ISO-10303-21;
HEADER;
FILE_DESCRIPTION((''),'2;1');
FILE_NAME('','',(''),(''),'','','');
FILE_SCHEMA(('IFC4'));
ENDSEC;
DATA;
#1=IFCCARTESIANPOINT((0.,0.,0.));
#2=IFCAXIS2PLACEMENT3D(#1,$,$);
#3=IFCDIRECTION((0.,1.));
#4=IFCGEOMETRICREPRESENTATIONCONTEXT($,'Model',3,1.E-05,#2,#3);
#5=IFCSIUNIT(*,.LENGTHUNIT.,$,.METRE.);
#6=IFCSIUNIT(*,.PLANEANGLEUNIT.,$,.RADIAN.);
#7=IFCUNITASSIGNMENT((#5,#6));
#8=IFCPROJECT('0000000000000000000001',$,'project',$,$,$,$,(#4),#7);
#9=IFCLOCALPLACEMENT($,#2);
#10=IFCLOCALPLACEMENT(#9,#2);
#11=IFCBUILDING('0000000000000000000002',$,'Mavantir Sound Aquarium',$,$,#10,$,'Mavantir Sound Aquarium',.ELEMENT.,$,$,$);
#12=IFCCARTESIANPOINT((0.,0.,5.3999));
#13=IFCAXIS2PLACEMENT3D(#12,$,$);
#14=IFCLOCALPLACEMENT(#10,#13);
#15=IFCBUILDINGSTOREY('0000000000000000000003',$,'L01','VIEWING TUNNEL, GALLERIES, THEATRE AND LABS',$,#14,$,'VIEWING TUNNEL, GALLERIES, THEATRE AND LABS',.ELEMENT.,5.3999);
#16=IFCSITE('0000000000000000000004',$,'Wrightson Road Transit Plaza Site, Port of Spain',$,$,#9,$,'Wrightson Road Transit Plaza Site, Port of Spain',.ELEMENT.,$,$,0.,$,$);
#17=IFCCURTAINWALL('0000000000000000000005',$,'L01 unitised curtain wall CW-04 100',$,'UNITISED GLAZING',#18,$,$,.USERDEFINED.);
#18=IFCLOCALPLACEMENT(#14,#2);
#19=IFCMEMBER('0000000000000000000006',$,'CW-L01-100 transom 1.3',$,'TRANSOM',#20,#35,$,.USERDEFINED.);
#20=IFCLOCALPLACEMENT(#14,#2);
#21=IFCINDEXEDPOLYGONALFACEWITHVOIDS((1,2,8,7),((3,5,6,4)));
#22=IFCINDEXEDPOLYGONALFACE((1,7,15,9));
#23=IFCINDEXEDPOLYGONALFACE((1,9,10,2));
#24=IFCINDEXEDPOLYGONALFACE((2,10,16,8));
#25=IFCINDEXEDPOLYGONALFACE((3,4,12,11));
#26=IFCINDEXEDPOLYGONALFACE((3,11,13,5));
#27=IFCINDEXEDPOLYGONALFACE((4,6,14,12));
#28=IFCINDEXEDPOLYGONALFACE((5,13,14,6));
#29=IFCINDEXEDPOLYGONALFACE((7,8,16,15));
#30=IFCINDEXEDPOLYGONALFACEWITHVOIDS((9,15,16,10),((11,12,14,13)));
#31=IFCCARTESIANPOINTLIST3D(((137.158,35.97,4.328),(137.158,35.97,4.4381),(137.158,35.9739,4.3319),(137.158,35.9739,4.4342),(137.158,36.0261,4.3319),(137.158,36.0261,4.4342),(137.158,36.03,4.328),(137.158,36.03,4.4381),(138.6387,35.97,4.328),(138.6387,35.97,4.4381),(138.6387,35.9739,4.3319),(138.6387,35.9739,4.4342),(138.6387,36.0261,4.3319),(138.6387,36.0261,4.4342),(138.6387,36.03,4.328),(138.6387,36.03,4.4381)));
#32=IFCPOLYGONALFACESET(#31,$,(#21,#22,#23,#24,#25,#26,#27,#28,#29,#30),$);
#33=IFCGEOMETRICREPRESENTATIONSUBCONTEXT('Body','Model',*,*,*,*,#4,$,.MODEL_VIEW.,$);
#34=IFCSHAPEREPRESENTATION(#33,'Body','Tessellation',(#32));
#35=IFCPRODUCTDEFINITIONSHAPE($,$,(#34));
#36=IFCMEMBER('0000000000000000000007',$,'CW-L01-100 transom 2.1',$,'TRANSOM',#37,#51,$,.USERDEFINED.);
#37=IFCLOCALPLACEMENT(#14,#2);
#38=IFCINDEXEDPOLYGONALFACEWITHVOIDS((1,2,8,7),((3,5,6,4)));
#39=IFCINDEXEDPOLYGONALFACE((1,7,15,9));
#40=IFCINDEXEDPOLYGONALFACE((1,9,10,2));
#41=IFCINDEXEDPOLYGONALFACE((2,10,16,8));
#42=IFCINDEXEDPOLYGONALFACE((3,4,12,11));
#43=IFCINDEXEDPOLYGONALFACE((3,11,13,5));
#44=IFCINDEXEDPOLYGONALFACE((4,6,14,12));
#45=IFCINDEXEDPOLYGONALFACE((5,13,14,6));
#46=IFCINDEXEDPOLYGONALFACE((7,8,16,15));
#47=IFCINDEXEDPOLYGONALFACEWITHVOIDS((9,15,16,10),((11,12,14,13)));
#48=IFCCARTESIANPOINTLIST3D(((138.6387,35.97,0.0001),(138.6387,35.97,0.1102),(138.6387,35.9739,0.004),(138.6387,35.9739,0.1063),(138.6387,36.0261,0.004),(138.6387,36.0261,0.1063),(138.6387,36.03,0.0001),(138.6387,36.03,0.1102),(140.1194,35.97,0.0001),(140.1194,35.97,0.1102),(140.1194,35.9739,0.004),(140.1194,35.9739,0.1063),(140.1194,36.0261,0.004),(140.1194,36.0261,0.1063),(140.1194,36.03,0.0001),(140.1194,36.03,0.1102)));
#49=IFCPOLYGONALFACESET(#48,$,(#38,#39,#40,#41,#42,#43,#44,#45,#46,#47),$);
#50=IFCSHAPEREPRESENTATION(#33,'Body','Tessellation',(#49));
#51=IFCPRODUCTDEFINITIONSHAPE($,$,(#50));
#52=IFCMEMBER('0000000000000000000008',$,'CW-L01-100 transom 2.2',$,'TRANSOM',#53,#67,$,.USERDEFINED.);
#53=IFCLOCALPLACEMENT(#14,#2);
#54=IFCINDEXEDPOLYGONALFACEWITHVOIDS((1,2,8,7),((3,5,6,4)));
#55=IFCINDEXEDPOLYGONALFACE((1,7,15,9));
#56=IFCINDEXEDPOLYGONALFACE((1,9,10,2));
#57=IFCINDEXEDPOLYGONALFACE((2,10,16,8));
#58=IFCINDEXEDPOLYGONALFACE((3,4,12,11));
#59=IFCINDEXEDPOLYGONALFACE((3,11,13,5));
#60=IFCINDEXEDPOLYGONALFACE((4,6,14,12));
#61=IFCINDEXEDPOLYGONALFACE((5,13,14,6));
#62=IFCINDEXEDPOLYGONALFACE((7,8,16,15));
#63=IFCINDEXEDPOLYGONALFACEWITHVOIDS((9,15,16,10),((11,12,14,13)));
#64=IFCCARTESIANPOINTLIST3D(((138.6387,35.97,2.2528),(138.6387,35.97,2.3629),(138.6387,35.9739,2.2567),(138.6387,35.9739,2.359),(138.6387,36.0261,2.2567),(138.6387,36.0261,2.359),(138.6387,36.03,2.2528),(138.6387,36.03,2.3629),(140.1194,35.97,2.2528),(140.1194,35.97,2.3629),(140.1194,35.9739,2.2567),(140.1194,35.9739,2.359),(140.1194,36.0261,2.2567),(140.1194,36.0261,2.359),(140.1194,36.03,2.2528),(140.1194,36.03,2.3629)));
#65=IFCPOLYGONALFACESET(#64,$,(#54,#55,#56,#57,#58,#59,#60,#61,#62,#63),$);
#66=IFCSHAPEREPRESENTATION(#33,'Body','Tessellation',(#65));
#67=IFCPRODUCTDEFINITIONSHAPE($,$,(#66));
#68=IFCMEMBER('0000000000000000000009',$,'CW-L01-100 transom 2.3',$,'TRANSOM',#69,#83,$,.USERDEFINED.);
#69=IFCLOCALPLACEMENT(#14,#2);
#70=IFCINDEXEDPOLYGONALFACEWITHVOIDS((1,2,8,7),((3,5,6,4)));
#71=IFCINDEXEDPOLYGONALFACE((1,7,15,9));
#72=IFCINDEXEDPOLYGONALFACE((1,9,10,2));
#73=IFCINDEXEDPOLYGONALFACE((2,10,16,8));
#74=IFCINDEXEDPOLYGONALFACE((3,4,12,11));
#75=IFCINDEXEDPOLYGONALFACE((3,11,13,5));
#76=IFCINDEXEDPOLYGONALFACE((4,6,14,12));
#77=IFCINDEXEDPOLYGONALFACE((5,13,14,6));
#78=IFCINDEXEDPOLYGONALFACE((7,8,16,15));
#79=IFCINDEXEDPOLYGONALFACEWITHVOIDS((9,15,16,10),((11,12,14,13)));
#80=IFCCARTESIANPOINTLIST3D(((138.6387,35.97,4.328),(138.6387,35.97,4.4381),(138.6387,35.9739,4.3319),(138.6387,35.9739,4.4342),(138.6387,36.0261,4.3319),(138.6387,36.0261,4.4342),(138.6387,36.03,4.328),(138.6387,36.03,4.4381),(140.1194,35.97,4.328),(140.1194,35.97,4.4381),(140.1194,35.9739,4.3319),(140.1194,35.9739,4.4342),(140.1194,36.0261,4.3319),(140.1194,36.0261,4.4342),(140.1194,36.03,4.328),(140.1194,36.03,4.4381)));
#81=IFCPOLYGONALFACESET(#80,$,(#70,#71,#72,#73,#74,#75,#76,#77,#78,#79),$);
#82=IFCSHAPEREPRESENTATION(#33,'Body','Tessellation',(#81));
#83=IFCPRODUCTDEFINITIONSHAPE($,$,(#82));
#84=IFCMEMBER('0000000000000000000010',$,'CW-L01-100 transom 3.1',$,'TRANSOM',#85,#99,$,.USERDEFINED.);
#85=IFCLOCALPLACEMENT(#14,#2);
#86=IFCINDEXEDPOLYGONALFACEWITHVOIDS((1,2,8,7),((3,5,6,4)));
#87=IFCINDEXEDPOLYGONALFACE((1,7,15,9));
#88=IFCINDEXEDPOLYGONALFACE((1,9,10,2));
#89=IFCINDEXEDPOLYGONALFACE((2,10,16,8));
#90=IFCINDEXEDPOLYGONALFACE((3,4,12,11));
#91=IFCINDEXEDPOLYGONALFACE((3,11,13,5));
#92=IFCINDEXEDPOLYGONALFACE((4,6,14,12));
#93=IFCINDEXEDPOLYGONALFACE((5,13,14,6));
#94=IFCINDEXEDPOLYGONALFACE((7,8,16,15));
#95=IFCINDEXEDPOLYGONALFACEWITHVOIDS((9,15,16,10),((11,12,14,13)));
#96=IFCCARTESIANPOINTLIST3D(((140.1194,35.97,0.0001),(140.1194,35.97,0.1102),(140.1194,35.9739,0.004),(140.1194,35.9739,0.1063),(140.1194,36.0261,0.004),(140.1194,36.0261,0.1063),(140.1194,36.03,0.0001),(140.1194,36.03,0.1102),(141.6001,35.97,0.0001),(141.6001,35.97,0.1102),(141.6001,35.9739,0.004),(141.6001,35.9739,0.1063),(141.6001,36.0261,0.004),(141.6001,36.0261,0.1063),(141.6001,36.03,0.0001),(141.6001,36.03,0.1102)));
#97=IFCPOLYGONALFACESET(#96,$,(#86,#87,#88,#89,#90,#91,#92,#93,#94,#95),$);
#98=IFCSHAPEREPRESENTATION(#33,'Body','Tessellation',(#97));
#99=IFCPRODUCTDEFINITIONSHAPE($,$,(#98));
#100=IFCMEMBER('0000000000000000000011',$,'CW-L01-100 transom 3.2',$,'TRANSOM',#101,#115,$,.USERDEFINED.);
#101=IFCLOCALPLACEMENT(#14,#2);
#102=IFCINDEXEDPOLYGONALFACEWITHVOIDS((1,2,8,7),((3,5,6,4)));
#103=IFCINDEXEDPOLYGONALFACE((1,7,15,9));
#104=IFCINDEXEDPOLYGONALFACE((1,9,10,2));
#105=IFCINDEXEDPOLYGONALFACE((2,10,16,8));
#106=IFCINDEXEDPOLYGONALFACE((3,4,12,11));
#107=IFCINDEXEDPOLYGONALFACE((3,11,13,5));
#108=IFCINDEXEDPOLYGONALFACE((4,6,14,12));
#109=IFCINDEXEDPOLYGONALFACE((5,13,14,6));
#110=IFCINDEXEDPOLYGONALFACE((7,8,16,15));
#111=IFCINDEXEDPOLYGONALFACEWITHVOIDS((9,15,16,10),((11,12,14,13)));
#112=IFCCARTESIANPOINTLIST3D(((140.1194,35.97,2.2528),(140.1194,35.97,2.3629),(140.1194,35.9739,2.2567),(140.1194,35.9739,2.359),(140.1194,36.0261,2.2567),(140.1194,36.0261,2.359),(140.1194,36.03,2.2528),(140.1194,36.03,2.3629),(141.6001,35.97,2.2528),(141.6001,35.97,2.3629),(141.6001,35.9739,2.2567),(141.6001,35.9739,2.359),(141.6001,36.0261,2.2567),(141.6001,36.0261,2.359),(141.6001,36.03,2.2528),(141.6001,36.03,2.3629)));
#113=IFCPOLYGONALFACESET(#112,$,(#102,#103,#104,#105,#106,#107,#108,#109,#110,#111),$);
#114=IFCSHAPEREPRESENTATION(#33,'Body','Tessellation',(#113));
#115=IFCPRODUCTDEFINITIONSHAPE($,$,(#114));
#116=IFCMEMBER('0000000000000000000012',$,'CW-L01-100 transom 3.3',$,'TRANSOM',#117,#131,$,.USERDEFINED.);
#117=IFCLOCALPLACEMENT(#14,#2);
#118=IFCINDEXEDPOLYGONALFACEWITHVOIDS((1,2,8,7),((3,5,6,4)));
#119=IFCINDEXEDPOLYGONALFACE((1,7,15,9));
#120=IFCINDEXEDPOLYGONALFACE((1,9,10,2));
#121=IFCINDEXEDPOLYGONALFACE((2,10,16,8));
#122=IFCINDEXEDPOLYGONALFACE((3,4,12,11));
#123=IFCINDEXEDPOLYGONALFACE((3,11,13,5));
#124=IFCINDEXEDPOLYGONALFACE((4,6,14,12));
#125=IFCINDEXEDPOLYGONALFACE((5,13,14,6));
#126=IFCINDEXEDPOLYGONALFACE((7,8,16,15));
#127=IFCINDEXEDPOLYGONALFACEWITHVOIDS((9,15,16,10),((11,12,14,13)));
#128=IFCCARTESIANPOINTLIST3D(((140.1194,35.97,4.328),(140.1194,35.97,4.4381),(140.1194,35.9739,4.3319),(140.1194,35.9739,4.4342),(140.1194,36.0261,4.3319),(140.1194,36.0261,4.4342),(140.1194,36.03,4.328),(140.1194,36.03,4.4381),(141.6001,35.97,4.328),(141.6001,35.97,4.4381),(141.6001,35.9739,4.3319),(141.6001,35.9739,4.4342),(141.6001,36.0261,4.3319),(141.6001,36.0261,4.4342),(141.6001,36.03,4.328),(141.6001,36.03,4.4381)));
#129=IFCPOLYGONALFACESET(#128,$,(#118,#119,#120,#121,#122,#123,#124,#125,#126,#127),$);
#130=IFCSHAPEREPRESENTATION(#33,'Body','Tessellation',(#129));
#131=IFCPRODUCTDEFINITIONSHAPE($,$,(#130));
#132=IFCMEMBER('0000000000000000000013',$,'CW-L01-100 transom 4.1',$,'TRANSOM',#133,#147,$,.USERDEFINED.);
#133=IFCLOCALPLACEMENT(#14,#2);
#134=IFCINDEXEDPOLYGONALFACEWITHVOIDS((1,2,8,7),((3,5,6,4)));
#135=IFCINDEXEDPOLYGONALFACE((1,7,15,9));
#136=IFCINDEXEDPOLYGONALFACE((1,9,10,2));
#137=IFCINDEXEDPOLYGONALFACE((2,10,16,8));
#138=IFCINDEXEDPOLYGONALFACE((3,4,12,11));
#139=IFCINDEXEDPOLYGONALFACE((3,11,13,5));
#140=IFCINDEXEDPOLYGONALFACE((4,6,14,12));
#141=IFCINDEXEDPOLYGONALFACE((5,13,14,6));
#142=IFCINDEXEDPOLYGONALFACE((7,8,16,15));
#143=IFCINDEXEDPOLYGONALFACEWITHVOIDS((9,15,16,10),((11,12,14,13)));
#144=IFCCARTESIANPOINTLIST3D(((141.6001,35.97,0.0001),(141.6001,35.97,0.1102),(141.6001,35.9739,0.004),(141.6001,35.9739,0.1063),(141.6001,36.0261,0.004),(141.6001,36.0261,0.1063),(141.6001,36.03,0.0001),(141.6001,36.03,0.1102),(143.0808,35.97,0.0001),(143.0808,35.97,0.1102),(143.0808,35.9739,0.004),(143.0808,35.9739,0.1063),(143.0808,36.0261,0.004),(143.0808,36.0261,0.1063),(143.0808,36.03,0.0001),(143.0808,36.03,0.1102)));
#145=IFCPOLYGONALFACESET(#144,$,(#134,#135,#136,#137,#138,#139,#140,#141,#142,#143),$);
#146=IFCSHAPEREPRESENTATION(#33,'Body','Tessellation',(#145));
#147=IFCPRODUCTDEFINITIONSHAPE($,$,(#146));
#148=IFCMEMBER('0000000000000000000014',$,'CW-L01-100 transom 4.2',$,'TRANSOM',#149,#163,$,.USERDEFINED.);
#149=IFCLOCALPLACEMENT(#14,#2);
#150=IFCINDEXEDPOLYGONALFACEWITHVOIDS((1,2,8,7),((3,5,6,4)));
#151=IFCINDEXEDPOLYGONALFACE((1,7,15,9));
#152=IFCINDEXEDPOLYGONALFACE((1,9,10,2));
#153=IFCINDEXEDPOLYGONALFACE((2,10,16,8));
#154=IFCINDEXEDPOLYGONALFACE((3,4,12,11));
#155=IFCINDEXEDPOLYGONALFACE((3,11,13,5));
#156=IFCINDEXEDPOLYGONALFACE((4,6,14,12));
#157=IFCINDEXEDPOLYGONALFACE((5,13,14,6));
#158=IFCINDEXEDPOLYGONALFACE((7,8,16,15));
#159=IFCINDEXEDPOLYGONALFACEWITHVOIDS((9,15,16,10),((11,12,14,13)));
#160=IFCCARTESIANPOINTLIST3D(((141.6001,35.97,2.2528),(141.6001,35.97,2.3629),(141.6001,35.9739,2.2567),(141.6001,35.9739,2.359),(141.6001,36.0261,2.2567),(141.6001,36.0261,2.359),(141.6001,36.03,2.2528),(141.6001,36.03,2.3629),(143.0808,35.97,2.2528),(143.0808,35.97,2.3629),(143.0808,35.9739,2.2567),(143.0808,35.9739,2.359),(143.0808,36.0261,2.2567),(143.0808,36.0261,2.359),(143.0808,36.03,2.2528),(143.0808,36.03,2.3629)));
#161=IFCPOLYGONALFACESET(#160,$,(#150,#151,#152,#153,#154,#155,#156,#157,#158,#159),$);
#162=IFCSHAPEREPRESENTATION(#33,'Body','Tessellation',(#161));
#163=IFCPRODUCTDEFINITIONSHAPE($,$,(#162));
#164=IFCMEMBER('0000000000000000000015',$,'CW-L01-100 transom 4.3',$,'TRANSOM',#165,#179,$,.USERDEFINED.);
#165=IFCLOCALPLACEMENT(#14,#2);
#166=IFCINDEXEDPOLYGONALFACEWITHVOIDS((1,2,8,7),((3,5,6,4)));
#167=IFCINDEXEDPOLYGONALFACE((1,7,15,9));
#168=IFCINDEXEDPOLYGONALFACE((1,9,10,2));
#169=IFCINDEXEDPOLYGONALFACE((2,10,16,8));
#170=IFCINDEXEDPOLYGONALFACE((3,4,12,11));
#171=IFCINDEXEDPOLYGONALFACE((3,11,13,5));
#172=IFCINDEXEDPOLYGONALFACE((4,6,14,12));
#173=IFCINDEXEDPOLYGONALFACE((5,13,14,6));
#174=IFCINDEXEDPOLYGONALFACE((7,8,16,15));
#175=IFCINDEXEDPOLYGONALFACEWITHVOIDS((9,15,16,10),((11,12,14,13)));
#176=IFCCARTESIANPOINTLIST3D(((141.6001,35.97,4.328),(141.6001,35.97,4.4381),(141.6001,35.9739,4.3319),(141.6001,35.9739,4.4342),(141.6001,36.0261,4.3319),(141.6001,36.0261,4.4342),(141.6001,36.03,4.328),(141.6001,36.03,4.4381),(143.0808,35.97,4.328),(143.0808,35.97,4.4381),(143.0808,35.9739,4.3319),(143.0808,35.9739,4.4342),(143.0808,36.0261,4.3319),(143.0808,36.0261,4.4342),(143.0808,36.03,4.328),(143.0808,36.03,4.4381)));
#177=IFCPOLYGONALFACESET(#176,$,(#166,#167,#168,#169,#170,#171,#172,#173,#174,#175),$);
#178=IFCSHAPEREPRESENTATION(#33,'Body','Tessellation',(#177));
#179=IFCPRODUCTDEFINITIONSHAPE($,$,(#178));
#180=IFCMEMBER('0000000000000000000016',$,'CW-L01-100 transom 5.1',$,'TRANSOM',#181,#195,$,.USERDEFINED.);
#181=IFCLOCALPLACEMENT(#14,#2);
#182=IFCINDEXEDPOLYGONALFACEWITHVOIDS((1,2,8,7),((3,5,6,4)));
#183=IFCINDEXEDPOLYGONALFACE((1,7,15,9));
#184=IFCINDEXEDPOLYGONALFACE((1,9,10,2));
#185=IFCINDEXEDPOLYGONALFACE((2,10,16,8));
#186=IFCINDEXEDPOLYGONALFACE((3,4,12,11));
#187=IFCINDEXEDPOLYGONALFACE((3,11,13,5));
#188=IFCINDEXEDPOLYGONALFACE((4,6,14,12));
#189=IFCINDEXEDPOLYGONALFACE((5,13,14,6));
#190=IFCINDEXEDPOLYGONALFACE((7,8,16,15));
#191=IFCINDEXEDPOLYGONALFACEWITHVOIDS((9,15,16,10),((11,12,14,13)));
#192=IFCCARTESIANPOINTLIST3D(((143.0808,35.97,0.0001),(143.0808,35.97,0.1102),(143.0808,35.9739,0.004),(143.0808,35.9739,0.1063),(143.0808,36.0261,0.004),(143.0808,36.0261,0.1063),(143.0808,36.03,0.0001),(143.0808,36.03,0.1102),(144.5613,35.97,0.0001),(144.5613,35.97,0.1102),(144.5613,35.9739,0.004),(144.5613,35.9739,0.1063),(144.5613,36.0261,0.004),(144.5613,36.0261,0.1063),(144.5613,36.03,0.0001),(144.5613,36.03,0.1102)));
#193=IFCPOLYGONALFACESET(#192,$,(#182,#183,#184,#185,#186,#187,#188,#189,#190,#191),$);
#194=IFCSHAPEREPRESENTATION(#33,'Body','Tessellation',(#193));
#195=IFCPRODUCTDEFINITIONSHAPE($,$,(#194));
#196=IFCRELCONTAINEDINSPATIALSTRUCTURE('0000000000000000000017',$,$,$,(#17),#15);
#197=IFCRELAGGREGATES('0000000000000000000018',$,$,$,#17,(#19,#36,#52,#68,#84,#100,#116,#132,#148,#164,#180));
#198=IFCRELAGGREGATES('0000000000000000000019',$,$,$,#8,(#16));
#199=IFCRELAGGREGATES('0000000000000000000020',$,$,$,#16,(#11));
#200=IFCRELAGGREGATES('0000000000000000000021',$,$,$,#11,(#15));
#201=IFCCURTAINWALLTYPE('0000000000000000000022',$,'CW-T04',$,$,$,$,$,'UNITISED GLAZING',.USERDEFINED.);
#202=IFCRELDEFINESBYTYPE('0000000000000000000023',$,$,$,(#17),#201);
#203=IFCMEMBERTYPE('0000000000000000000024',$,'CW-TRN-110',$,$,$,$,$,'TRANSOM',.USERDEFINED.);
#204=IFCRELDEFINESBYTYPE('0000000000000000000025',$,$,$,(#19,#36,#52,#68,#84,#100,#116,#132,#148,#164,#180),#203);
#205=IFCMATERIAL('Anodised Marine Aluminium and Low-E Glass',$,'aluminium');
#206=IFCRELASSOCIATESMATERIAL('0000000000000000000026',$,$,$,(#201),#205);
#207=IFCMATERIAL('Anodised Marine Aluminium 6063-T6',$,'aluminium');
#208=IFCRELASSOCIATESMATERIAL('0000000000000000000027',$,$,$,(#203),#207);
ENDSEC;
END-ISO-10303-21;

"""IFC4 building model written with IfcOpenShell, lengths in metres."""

from ifc_helpers import new_model, si_unit, direction, frame, origin, origin_2d, place, context, subcontext, project, spatial, hollow_rectangle, extrude, material, material_profile, profile_set, type_object, element, aggregate, save


model = new_model("IFC4")

# Units and contexts
model_context = context("Model", 3, precision=1e-05, world=origin(), true_north=direction((0.0, 1.0)))
body_context = subcontext(model_context, "Body", "Model", "MODEL_VIEW")
ifc_project = project(units=[si_unit("LENGTHUNIT", "METRE"), si_unit("PLANEANGLEUNIT", "RADIAN")], contexts=[model_context])

# Site, building, storey
site_placement = place(None, origin())
site = spatial("IfcSite", under=ifc_project, at=site_placement, Name="Wrightson Road Transit Plaza Site, Port of Spain", LongName="Wrightson Road Transit Plaza Site, Port of Spain", CompositionType="ELEMENT", RefElevation=0.0)
building_placement = place(site_placement, origin())
building = spatial("IfcBuilding", under=site, at=building_placement, Name="Mavantir Sound Aquarium", LongName="Mavantir Sound Aquarium", CompositionType="ELEMENT")
storey_placement = place(building_placement, frame((0.0, 0.0, 5.3999)))
storey = spatial("IfcBuildingStorey", under=building, at=storey_placement, Name="L01", Description="VIEWING TUNNEL, GALLERIES, THEATRE AND LABS", LongName="VIEWING TUNNEL, GALLERIES, THEATRE AND LABS", CompositionType="ELEMENT", Elevation=5.3999)

# Curtain wall, members
ifc_material_1 = material(Name="Anodised Marine Aluminium and Low-E Glass", Category="aluminium")
curtain_wall_type = type_object("IfcCurtainWallType", Name="CW-T04", ElementType="UNITISED GLAZING", PredefinedType="USERDEFINED", material=ifc_material_1)
curtain_wall_placement = place(storey_placement, origin())
curtain_wall = element("IfcCurtainWall", 1, at=curtain_wall_placement, inside=storey, type_object=curtain_wall_type, Name="L01 unitised curtain wall CW-04 100", ObjectType="UNITISED GLAZING", PredefinedType="USERDEFINED")
ifc_material_2 = material(Name="Anodised Marine Aluminium 6063-T6", Category="aluminium")
ifc_material_profile_1 = material_profile(ifc_material_2, hollow_rectangle(XDim=0.0601, YDim=0.1101, WallThickness=0.0039, at=origin_2d()), Name="ALU-TRANSOM-110X60")
ifc_profile_set_1 = profile_set([ifc_material_profile_1], Name="Anodised Marine Aluminium 6063-T6")
member_type_1 = type_object("IfcMemberType", Name="CW-TRN-110", ElementType="TRANSOM", PredefinedType="USERDEFINED", material=ifc_profile_set_1)
member_1_placement = place(storey_placement, frame((137.158, 36.0, 4.3831), z_axis=(1.0, 0.0, 0.0), x_axis=(0.0, 1.0, 0.0)))
member_1 = element("IfcMember", 2, at=member_1_placement, type_object=member_type_1, Name="CW-L01-100 transom 1.3", ObjectType="TRANSOM", PredefinedType="USERDEFINED", context=body_context, shape_type="SweptSolid", body=[
    extrude(hollow_rectangle(XDim=0.0601, YDim=0.1101, WallThickness=0.0039, at=origin_2d()), origin(), (0.0, 0.0, 1.0), 1.4807),
])
member_2_placement = place(storey_placement, frame((138.6387, 36.0, 0.0552), z_axis=(1.0, 0.0, 0.0), x_axis=(0.0, 1.0, 0.0)))
member_2 = element("IfcMember", 3, at=member_2_placement, type_object=member_type_1, Name="CW-L01-100 transom 2.1", ObjectType="TRANSOM", PredefinedType="USERDEFINED", context=body_context, shape_type="SweptSolid", body=[
    extrude(hollow_rectangle(XDim=0.0601, YDim=0.1101, WallThickness=0.0039, at=origin_2d()), origin(), (0.0, 0.0, 1.0), 1.4807),
])
member_3_placement = place(storey_placement, frame((138.6387, 36.0, 2.3079), z_axis=(1.0, 0.0, 0.0), x_axis=(0.0, 1.0, 0.0)))
member_3 = element("IfcMember", 4, at=member_3_placement, type_object=member_type_1, Name="CW-L01-100 transom 2.2", ObjectType="TRANSOM", PredefinedType="USERDEFINED", context=body_context, shape_type="SweptSolid", body=[
    extrude(hollow_rectangle(XDim=0.0601, YDim=0.1101, WallThickness=0.0039, at=origin_2d()), origin(), (0.0, 0.0, 1.0), 1.4807),
])
member_4_placement = place(storey_placement, frame((138.6387, 36.0, 4.3831), z_axis=(1.0, 0.0, 0.0), x_axis=(0.0, 1.0, 0.0)))
member_4 = element("IfcMember", 5, at=member_4_placement, type_object=member_type_1, Name="CW-L01-100 transom 2.3", ObjectType="TRANSOM", PredefinedType="USERDEFINED", context=body_context, shape_type="SweptSolid", body=[
    extrude(hollow_rectangle(XDim=0.0601, YDim=0.1101, WallThickness=0.0039, at=origin_2d()), origin(), (0.0, 0.0, 1.0), 1.4807),
])
member_5_placement = place(storey_placement, frame((140.1194, 36.0, 0.0552), z_axis=(1.0, 0.0, 0.0), x_axis=(0.0, 1.0, 0.0)))
member_5 = element("IfcMember", 6, at=member_5_placement, type_object=member_type_1, Name="CW-L01-100 transom 3.1", ObjectType="TRANSOM", PredefinedType="USERDEFINED", context=body_context, shape_type="SweptSolid", body=[
    extrude(hollow_rectangle(XDim=0.0601, YDim=0.1101, WallThickness=0.0039, at=origin_2d()), origin(), (0.0, 0.0, 1.0), 1.4807),
])
member_6_placement = place(storey_placement, frame((140.1194, 36.0, 2.3079), z_axis=(1.0, 0.0, 0.0), x_axis=(0.0, 1.0, 0.0)))
member_6 = element("IfcMember", 7, at=member_6_placement, type_object=member_type_1, Name="CW-L01-100 transom 3.2", ObjectType="TRANSOM", PredefinedType="USERDEFINED", context=body_context, shape_type="SweptSolid", body=[
    extrude(hollow_rectangle(XDim=0.0601, YDim=0.1101, WallThickness=0.0039, at=origin_2d()), origin(), (0.0, 0.0, 1.0), 1.4807),
])
member_7_placement = place(storey_placement, frame((140.1194, 36.0, 4.3831), z_axis=(1.0, 0.0, 0.0), x_axis=(0.0, 1.0, 0.0)))
member_7 = element("IfcMember", 8, at=member_7_placement, type_object=member_type_1, Name="CW-L01-100 transom 3.3", ObjectType="TRANSOM", PredefinedType="USERDEFINED", context=body_context, shape_type="SweptSolid", body=[
    extrude(hollow_rectangle(XDim=0.0601, YDim=0.1101, WallThickness=0.0039, at=origin_2d()), origin(), (0.0, 0.0, 1.0), 1.4807),
])
member_8_placement = place(storey_placement, frame((141.6001, 36.0, 0.0552), z_axis=(1.0, 0.0, 0.0), x_axis=(0.0, 1.0, 0.0)))
member_8 = element("IfcMember", 9, at=member_8_placement, type_object=member_type_1, Name="CW-L01-100 transom 4.1", ObjectType="TRANSOM", PredefinedType="USERDEFINED", context=body_context, shape_type="SweptSolid", body=[
    extrude(hollow_rectangle(XDim=0.0601, YDim=0.1101, WallThickness=0.0039, at=origin_2d()), origin(), (0.0, 0.0, 1.0), 1.4807),
])
member_9_placement = place(storey_placement, frame((141.6001, 36.0, 2.3079), z_axis=(1.0, 0.0, 0.0), x_axis=(0.0, 1.0, 0.0)))
member_9 = element("IfcMember", 10, at=member_9_placement, type_object=member_type_1, Name="CW-L01-100 transom 4.2", ObjectType="TRANSOM", PredefinedType="USERDEFINED", context=body_context, shape_type="SweptSolid", body=[
    extrude(hollow_rectangle(XDim=0.0601, YDim=0.1101, WallThickness=0.0039, at=origin_2d()), origin(), (0.0, 0.0, 1.0), 1.4807),
])
member_10_placement = place(storey_placement, frame((141.6001, 36.0, 4.3831), z_axis=(1.0, 0.0, 0.0), x_axis=(0.0, 1.0, 0.0)))
member_10 = element("IfcMember", 11, at=member_10_placement, type_object=member_type_1, Name="CW-L01-100 transom 4.3", ObjectType="TRANSOM", PredefinedType="USERDEFINED", context=body_context, shape_type="SweptSolid", body=[
    extrude(hollow_rectangle(XDim=0.0601, YDim=0.1101, WallThickness=0.0039, at=origin_2d()), origin(), (0.0, 0.0, 1.0), 1.4807),
])
member_11_placement = place(storey_placement, frame((143.0808, 36.0, 0.0552), z_axis=(1.0, 0.0, 0.0), x_axis=(0.0, 1.0, 0.0)))
member_11 = element("IfcMember", 12, at=member_11_placement, type_object=member_type_1, Name="CW-L01-100 transom 5.1", ObjectType="TRANSOM", PredefinedType="USERDEFINED", context=body_context, shape_type="SweptSolid", body=[
    extrude(hollow_rectangle(XDim=0.0601, YDim=0.1101, WallThickness=0.0039, at=origin_2d()), origin(), (0.0, 0.0, 1.0), 1.4805),
])
aggregate(curtain_wall, [member_1, member_2, member_3, member_4, member_5, member_6, member_7, member_8, member_9, member_10, member_11])

save(model, "model.ifc")
